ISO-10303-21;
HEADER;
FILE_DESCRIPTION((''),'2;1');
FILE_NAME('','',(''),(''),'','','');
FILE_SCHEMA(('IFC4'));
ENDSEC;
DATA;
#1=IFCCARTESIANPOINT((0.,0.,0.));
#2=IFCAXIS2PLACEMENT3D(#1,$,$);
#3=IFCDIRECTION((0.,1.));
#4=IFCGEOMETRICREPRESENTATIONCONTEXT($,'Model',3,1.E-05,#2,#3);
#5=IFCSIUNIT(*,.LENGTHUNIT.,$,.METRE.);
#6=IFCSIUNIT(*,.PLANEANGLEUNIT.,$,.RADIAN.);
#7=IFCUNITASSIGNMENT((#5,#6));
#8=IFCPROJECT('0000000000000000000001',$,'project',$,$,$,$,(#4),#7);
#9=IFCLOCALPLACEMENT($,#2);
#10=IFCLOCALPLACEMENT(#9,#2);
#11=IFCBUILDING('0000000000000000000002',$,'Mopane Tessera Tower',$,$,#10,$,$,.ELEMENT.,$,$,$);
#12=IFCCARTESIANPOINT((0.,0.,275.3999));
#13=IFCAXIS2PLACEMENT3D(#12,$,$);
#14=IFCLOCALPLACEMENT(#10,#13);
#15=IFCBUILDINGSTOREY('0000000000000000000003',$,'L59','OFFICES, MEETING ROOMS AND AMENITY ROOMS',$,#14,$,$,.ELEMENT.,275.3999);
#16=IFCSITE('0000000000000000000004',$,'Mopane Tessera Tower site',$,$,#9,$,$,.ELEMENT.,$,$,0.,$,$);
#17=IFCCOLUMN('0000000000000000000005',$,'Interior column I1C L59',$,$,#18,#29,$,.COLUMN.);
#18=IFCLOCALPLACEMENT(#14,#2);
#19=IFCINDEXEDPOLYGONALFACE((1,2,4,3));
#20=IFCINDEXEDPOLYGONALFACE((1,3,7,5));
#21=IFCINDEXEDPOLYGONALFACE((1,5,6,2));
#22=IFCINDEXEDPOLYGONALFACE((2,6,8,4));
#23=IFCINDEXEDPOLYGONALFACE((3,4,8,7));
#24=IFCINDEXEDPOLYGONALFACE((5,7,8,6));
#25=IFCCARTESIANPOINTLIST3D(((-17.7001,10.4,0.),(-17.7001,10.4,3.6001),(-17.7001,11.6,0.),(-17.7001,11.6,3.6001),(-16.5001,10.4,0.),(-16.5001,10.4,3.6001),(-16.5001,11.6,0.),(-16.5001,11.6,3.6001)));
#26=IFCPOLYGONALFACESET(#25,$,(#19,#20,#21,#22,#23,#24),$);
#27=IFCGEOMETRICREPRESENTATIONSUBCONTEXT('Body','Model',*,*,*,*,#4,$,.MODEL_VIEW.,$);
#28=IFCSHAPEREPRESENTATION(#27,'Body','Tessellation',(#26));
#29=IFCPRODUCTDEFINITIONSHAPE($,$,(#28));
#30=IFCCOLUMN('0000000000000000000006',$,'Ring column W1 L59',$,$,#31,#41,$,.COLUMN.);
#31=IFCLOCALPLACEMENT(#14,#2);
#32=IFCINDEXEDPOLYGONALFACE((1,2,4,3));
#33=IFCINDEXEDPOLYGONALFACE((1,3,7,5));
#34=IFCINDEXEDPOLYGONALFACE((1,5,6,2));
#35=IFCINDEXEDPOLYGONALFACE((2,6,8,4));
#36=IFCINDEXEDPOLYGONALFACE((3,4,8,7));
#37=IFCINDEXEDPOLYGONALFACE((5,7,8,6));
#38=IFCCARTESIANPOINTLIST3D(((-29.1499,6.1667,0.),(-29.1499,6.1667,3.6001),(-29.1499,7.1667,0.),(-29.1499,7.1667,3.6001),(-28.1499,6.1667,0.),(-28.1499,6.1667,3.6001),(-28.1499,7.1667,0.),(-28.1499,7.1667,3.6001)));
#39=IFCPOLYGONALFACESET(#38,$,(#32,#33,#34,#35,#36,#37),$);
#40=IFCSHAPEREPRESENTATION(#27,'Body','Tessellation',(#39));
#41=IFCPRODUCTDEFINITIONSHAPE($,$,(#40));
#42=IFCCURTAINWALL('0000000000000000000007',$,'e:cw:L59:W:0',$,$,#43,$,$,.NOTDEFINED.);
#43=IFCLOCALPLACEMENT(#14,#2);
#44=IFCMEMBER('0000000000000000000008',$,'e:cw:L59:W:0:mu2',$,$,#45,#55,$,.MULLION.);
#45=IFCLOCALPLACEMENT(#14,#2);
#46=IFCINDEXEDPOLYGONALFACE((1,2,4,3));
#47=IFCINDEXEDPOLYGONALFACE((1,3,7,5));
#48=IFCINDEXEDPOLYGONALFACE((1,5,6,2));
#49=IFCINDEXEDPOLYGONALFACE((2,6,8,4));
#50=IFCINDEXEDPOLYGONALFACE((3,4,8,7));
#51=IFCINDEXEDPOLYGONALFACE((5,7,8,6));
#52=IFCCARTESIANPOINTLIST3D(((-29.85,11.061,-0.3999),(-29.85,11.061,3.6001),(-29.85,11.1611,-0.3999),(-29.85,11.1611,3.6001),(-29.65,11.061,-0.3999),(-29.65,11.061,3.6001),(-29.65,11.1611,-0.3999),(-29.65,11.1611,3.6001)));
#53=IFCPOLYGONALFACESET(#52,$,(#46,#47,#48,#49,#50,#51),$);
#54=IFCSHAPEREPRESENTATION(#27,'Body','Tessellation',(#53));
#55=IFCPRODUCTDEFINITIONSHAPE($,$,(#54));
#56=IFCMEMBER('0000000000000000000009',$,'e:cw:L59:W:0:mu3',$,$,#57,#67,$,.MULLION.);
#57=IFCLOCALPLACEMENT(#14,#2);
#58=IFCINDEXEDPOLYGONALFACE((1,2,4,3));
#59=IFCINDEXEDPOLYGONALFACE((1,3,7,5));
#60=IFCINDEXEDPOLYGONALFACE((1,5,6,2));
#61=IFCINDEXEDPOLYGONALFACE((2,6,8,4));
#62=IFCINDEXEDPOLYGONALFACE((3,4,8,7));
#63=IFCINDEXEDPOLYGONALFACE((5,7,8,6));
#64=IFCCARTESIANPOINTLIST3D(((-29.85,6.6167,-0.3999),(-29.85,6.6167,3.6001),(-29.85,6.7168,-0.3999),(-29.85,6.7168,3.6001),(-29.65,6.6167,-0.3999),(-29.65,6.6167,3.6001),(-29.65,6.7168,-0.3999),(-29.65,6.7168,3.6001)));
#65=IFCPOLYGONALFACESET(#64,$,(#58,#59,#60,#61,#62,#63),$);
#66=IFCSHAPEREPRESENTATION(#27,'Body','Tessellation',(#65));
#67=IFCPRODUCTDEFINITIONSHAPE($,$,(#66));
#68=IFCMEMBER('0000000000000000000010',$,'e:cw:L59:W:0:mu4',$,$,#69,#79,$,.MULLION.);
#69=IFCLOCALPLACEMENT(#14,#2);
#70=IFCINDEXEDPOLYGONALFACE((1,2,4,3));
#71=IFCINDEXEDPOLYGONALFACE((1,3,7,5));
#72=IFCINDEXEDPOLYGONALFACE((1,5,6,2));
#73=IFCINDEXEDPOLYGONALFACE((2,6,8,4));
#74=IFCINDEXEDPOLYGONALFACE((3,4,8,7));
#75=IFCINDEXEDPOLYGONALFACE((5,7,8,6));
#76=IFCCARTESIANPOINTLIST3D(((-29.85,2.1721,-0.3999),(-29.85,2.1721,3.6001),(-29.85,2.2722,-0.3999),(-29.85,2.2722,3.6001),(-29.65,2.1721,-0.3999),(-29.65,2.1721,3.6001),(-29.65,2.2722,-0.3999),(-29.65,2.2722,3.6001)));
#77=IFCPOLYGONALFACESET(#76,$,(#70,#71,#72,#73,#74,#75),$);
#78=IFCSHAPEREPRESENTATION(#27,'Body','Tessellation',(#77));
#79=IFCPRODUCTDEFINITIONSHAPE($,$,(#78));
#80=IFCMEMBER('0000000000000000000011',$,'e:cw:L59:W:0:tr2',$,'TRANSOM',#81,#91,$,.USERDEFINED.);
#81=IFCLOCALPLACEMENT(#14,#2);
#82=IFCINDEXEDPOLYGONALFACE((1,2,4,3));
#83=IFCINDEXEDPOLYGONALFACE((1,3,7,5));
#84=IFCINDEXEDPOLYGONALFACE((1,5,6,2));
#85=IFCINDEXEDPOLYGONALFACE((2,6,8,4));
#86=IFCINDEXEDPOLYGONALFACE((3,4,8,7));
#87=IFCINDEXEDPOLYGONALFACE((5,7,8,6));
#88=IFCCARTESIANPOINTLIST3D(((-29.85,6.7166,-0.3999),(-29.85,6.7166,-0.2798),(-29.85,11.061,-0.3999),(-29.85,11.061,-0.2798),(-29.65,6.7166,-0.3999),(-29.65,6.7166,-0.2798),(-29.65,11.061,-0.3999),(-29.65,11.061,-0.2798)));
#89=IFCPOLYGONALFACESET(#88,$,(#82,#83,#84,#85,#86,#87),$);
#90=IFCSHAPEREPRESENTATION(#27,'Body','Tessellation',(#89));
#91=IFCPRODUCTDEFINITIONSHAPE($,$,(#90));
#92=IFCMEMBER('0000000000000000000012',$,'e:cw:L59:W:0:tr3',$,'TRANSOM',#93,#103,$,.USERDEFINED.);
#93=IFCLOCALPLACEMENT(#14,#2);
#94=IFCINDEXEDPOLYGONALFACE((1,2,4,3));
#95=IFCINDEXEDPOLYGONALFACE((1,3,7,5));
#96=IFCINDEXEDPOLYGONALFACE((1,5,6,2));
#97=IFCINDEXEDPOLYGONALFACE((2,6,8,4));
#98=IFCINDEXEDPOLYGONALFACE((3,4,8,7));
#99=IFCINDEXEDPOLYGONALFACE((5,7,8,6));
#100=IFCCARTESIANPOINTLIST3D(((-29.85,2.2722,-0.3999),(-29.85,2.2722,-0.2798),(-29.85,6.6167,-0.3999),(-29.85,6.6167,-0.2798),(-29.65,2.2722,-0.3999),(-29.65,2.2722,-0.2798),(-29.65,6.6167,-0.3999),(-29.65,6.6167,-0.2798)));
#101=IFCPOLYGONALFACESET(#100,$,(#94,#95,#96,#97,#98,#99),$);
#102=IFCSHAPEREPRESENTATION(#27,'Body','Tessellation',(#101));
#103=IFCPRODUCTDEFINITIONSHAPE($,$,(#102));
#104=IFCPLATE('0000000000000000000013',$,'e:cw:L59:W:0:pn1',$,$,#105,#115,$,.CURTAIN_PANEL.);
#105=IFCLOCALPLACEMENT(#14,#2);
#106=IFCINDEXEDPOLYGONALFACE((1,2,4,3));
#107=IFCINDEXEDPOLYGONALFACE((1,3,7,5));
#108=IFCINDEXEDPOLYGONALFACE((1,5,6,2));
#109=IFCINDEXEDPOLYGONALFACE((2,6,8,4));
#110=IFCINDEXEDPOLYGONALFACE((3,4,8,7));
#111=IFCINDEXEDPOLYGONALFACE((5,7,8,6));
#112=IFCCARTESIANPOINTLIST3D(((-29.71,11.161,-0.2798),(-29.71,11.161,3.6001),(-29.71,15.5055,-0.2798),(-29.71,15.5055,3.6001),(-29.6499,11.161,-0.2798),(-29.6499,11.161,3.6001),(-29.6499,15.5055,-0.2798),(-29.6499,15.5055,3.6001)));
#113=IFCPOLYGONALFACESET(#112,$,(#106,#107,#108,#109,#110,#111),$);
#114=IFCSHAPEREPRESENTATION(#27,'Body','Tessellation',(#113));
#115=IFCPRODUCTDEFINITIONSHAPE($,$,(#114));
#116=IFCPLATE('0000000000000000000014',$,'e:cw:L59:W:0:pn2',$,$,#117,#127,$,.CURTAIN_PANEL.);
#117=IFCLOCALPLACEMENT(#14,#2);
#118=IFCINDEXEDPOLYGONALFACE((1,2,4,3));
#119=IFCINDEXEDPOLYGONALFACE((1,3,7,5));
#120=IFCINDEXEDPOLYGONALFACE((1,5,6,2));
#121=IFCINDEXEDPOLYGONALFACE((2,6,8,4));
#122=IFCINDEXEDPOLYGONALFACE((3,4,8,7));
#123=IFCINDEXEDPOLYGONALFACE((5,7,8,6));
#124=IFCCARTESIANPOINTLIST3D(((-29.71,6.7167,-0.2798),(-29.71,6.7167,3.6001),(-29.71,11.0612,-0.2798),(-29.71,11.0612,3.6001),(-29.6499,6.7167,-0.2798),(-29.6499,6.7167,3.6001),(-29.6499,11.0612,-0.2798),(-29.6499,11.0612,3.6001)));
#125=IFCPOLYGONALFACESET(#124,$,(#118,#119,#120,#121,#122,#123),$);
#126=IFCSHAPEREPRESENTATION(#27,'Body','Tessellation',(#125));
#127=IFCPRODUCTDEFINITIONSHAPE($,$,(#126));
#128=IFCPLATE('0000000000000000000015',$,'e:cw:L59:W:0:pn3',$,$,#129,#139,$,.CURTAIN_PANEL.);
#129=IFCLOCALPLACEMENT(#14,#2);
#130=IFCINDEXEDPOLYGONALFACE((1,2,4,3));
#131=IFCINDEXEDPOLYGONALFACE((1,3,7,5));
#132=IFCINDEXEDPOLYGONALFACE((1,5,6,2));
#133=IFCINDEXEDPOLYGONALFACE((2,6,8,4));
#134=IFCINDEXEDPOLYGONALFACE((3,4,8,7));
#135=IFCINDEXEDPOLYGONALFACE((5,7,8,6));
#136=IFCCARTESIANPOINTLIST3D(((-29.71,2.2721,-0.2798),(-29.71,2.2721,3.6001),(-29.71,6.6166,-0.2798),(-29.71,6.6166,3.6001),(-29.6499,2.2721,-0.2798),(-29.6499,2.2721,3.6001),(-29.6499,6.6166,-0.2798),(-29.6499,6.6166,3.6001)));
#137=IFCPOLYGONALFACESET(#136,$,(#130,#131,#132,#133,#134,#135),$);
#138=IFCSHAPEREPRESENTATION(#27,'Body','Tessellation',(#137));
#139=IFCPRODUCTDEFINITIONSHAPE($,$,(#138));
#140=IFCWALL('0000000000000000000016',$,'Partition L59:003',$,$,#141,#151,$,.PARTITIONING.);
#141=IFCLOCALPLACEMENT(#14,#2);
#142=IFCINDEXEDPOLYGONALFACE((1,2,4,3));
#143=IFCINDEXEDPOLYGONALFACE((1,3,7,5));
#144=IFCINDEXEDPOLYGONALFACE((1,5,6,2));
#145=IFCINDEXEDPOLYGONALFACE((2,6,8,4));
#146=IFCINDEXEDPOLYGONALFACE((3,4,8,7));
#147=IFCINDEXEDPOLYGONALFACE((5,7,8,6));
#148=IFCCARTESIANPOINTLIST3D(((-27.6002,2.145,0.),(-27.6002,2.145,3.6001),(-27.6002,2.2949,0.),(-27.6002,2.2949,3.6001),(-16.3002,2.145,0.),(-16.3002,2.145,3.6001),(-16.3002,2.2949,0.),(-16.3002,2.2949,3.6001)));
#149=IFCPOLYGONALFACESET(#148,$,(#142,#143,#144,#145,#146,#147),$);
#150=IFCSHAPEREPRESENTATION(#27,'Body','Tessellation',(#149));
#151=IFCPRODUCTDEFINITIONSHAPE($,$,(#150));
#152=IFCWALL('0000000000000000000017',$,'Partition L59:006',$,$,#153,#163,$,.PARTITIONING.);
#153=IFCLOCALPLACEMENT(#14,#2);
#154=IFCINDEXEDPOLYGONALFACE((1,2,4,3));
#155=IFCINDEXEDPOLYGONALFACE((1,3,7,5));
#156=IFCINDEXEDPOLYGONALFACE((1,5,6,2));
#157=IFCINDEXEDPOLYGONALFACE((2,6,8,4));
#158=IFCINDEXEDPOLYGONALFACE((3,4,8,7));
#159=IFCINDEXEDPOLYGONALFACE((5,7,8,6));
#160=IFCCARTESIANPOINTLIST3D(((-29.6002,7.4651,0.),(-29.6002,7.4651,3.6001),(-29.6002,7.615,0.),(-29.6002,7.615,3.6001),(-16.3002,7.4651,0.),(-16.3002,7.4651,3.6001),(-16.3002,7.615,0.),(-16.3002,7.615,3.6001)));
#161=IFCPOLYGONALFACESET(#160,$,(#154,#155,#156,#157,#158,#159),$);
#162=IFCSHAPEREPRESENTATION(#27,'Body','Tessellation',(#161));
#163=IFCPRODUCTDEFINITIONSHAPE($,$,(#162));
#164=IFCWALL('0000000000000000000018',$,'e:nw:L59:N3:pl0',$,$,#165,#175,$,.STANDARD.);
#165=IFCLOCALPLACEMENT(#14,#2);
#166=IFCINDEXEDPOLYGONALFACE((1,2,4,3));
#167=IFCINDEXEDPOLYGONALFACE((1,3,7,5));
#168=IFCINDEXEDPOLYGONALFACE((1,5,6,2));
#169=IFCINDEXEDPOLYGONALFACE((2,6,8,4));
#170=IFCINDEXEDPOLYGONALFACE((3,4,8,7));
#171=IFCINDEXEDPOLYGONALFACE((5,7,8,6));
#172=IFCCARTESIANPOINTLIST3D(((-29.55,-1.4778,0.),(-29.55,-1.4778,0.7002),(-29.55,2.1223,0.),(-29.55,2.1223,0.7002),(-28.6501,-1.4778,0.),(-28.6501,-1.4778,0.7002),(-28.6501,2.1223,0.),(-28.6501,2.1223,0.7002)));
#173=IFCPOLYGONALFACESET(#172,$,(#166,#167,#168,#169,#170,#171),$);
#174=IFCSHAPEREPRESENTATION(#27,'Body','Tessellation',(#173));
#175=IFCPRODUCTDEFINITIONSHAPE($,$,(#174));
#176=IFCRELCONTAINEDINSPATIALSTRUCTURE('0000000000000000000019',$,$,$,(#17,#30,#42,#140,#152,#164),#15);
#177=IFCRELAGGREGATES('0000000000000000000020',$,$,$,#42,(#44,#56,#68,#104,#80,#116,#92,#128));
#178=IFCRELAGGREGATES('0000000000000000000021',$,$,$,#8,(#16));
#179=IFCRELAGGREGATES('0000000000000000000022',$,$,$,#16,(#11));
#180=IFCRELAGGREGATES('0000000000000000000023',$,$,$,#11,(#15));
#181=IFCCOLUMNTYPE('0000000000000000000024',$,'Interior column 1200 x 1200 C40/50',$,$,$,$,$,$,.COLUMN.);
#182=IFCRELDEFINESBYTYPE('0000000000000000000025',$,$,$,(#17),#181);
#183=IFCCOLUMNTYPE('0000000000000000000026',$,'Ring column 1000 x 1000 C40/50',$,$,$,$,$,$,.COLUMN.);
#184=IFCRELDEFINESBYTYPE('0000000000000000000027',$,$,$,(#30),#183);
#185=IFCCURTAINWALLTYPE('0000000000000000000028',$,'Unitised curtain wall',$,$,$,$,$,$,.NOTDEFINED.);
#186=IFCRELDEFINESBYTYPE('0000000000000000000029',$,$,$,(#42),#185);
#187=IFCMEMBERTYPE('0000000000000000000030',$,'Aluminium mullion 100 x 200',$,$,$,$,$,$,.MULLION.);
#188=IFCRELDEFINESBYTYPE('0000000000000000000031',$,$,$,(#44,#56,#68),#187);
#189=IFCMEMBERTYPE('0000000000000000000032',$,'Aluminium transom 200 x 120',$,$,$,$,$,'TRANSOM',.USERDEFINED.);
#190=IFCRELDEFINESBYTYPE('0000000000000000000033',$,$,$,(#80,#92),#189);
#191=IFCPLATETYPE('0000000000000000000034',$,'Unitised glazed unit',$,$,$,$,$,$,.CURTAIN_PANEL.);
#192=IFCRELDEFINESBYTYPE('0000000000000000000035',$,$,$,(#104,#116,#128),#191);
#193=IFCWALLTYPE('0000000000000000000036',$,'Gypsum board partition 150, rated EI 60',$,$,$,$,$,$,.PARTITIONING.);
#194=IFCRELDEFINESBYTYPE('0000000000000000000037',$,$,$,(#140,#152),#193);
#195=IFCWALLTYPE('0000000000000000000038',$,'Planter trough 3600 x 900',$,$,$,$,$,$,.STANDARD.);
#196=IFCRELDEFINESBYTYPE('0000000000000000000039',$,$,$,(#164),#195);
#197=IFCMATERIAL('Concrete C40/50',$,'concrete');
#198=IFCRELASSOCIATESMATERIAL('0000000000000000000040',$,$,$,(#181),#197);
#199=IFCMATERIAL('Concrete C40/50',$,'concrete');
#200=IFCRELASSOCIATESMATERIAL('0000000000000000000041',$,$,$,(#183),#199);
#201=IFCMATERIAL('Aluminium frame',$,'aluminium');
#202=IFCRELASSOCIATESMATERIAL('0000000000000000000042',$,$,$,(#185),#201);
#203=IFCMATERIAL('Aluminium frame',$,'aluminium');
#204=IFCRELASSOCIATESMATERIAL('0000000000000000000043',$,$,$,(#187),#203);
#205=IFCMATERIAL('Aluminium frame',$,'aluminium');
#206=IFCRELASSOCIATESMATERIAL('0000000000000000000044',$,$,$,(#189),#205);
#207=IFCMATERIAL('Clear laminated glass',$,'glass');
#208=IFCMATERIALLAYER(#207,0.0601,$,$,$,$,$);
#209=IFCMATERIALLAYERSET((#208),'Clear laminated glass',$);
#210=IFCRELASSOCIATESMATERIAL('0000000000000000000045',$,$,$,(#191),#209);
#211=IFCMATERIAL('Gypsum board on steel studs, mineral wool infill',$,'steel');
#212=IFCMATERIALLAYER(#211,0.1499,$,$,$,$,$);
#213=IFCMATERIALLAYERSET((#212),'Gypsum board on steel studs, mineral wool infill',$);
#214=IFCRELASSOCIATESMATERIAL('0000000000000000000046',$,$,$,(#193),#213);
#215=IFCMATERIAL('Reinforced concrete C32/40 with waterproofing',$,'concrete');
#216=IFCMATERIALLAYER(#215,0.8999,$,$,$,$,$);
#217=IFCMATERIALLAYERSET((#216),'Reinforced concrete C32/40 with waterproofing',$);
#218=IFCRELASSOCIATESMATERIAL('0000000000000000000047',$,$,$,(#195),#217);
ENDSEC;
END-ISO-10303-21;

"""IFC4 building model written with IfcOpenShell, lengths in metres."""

from ifc_helpers import new_model, si_unit, direction, frame, frame_2d, origin, origin_2d, place, context, subcontext, project, spatial, rectangle, extrude, material, layer, layer_set, material_profile, profile_set, type_object, element, aggregate, save


model = new_model("IFC4")

# Units and contexts
model_context = context("Model", 3, precision=1e-05, world=origin(), true_north=direction((0.0, 1.0)))
body_context = subcontext(model_context, "Body", "Model", "MODEL_VIEW")
ifc_project = project(units=[si_unit("LENGTHUNIT", "METRE"), si_unit("PLANEANGLEUNIT", "RADIAN")], contexts=[model_context])

# Site, building, storey
site_placement = place(None, origin())
site = spatial("IfcSite", under=ifc_project, at=site_placement, Name="Mopane Tessera Tower site", CompositionType="ELEMENT", RefElevation=0.0)
building_placement = place(site_placement, origin())
building = spatial("IfcBuilding", under=site, at=building_placement, Name="Mopane Tessera Tower", CompositionType="ELEMENT")
storey_placement = place(building_placement, frame((0.0, 0.0, 275.3999)))
storey = spatial("IfcBuildingStorey", under=building, at=storey_placement, Name="L59", Description="OFFICES, MEETING ROOMS AND AMENITY ROOMS", CompositionType="ELEMENT", Elevation=275.3999)

# Columns
ifc_material_1 = material(Name="Concrete C40/50", Category="concrete")
ifc_material_profile_1 = material_profile(ifc_material_1, rectangle(XDim=1.2, YDim=1.2, at=origin_2d()))
ifc_profile_set_1 = profile_set([ifc_material_profile_1], Name="Concrete C40/50")
column_type_1 = type_object("IfcColumnType", Name="Interior column 1200 x 1200 C40/50", PredefinedType="COLUMN", material=ifc_profile_set_1)
column_1_placement = place(storey_placement, frame((-17.1001, 11.0, 0.0), z_axis=(0.0, 0.0, 1.0), x_axis=(1.0, 0.0, 0.0)))
element("IfcColumn", 1, at=column_1_placement, inside=storey, type_object=column_type_1, Name="Interior column I1C L59", PredefinedType="COLUMN", context=body_context, shape_type="SweptSolid", body=[
    extrude(rectangle(XDim=1.2, YDim=1.2, at=origin_2d()), origin(), (0.0, 0.0, 1.0), 3.6001),
])
ifc_material_2 = material(Name="Concrete C40/50", Category="concrete")
ifc_material_profile_2 = material_profile(ifc_material_2, rectangle(XDim=1.0, YDim=1.0, at=origin_2d()))
ifc_profile_set_2 = profile_set([ifc_material_profile_2], Name="Concrete C40/50")
column_type_2 = type_object("IfcColumnType", Name="Ring column 1000 x 1000 C40/50", PredefinedType="COLUMN", material=ifc_profile_set_2)
column_2_placement = place(storey_placement, frame((-28.6499, 6.6667, 0.0), z_axis=(0.0, 0.0, 1.0), x_axis=(1.0, 0.0, 0.0)))
element("IfcColumn", 2, at=column_2_placement, inside=storey, type_object=column_type_2, Name="Ring column W1 L59", PredefinedType="COLUMN", context=body_context, shape_type="SweptSolid", body=[
    extrude(rectangle(XDim=1.0, YDim=1.0, at=origin_2d()), origin(), (0.0, 0.0, 1.0), 3.6001),
])

# Curtain wall, members, plates
ifc_material_3 = material(Name="Aluminium frame", Category="aluminium")
curtain_wall_type = type_object("IfcCurtainWallType", Name="Unitised curtain wall", PredefinedType="NOTDEFINED", material=ifc_material_3)
curtain_wall_placement = place(storey_placement, origin())
curtain_wall = element("IfcCurtainWall", 3, at=curtain_wall_placement, inside=storey, type_object=curtain_wall_type, Name="e:cw:L59:W:0", PredefinedType="NOTDEFINED")
ifc_material_4 = material(Name="Aluminium frame", Category="aluminium")
ifc_material_profile_3 = material_profile(ifc_material_4, rectangle(XDim=0.1001, YDim=0.2, at=origin_2d()))
ifc_profile_set_3 = profile_set([ifc_material_profile_3], Name="Aluminium frame")
member_type_1 = type_object("IfcMemberType", Name="Aluminium mullion 100 x 200", PredefinedType="MULLION", material=ifc_profile_set_3)
member_1_placement = place(storey_placement, frame((-29.75, 11.1111, -0.3999), z_axis=(0.0, 0.0, 1.0), x_axis=(0.0, -1.0, 0.0)))
member_1 = element("IfcMember", 4, at=member_1_placement, type_object=member_type_1, Name="e:cw:L59:W:0:mu2", PredefinedType="MULLION", context=body_context, shape_type="SweptSolid", body=[
    extrude(rectangle(XDim=0.1001, YDim=0.2, at=origin_2d()), origin(), (0.0, 0.0, 1.0), 4.0),
])
member_2_placement = place(storey_placement, frame((-29.75, 6.6667, -0.3999), z_axis=(0.0, 0.0, 1.0), x_axis=(0.0, -1.0, 0.0)))
member_2 = element("IfcMember", 5, at=member_2_placement, type_object=member_type_1, Name="e:cw:L59:W:0:mu3", PredefinedType="MULLION", context=body_context, shape_type="SweptSolid", body=[
    extrude(rectangle(XDim=0.1001, YDim=0.2, at=origin_2d()), origin(), (0.0, 0.0, 1.0), 4.0),
])
member_3_placement = place(storey_placement, frame((-29.75, 2.2222, -0.3999), z_axis=(0.0, 0.0, 1.0), x_axis=(0.0, -1.0, 0.0)))
member_3 = element("IfcMember", 6, at=member_3_placement, type_object=member_type_1, Name="e:cw:L59:W:0:mu4", PredefinedType="MULLION", context=body_context, shape_type="SweptSolid", body=[
    extrude(rectangle(XDim=0.1001, YDim=0.2, at=origin_2d()), origin(), (0.0, 0.0, 1.0), 4.0),
])
ifc_material_5 = material(Name="Aluminium frame", Category="aluminium")
ifc_material_profile_4 = material_profile(ifc_material_5, rectangle(XDim=0.2, YDim=0.1201, at=origin_2d()))
ifc_profile_set_4 = profile_set([ifc_material_profile_4], Name="Aluminium frame")
member_type_2 = type_object("IfcMemberType", Name="Aluminium transom 200 x 120", ElementType="TRANSOM", PredefinedType="USERDEFINED", material=ifc_profile_set_4)
member_4_placement = place(storey_placement, frame((-29.75, 11.061, -0.3398), z_axis=(0.0, -1.0, 0.0), x_axis=(1.0, 0.0, 0.0)))
member_4 = element("IfcMember", 7, at=member_4_placement, type_object=member_type_2, Name="e:cw:L59:W:0:tr2", ObjectType="TRANSOM", PredefinedType="USERDEFINED", context=body_context, shape_type="SweptSolid", body=[
    extrude(rectangle(XDim=0.2, YDim=0.1201, at=origin_2d()), origin(), (0.0, 0.0, 1.0), 4.3445),
])
member_5_placement = place(storey_placement, frame((-29.75, 6.6167, -0.3398), z_axis=(0.0, -1.0, 0.0), x_axis=(1.0, 0.0, 0.0)))
member_5 = element("IfcMember", 8, at=member_5_placement, type_object=member_type_2, Name="e:cw:L59:W:0:tr3", ObjectType="TRANSOM", PredefinedType="USERDEFINED", context=body_context, shape_type="SweptSolid", body=[
    extrude(rectangle(XDim=0.2, YDim=0.1201, at=origin_2d()), origin(), (0.0, 0.0, 1.0), 4.3445),
])
ifc_material_6 = material(Name="Clear laminated glass", Category="glass")
ifc_layer_1 = layer(ifc_material_6, 0.0601)
ifc_layer_set_1 = layer_set([ifc_layer_1], Name="Clear laminated glass")
plate_type = type_object("IfcPlateType", Name="Unitised glazed unit", PredefinedType="CURTAIN_PANEL", material=ifc_layer_set_1)
plate_1_placement = place(storey_placement, frame((-29.6799, 13.3333, -0.2798), z_axis=(0.0, 0.0, 1.0), x_axis=(0.0, -1.0, 0.0)))
plate_1 = element("IfcPlate", 9, at=plate_1_placement, type_object=plate_type, Name="e:cw:L59:W:0:pn1", PredefinedType="CURTAIN_PANEL", context=body_context, shape_type="SweptSolid", body=[
    extrude(rectangle(XDim=4.3445, YDim=0.0601, at=origin_2d()), origin(), (0.0, 0.0, 1.0), 3.8799),
])
plate_2_placement = place(storey_placement, frame((-29.6799, 8.8889, -0.2798), z_axis=(0.0, 0.0, 1.0), x_axis=(0.0, -1.0, 0.0)))
plate_2 = element("IfcPlate", 10, at=plate_2_placement, type_object=plate_type, Name="e:cw:L59:W:0:pn2", PredefinedType="CURTAIN_PANEL", context=body_context, shape_type="SweptSolid", body=[
    extrude(rectangle(XDim=4.3445, YDim=0.0601, at=origin_2d()), origin(), (0.0, 0.0, 1.0), 3.8799),
])
plate_3_placement = place(storey_placement, frame((-29.6799, 4.4443, -0.2798), z_axis=(0.0, 0.0, 1.0), x_axis=(0.0, -1.0, 0.0)))
plate_3 = element("IfcPlate", 11, at=plate_3_placement, type_object=plate_type, Name="e:cw:L59:W:0:pn3", PredefinedType="CURTAIN_PANEL", context=body_context, shape_type="SweptSolid", body=[
    extrude(rectangle(XDim=4.3445, YDim=0.0601, at=origin_2d()), origin(), (0.0, 0.0, 1.0), 3.8799),
])
aggregate(curtain_wall, [member_1, member_2, member_3, plate_1, member_4, plate_2, member_5, plate_3])

# Walls
ifc_material_7 = material(Name="Gypsum board on steel studs, mineral wool infill", Category="steel")
ifc_layer_2 = layer(ifc_material_7, 0.1499)
ifc_layer_set_2 = layer_set([ifc_layer_2], Name="Gypsum board on steel studs, mineral wool infill")
wall_type_1 = type_object("IfcWallType", Name="Gypsum board partition 150, rated EI 60", PredefinedType="PARTITIONING", material=ifc_layer_set_2)
wall_1_placement = place(storey_placement, frame((-27.6001, 2.22, 0.0), z_axis=(0.0, 0.0, 1.0), x_axis=(1.0, 0.0, 0.0)))
element("IfcWall", 12, at=wall_1_placement, inside=storey, type_object=wall_type_1, Name="Partition L59:003", PredefinedType="PARTITIONING", context=body_context, shape_type="SweptSolid", body=[
    extrude(rectangle(XDim=11.3, YDim=0.1499, at=frame_2d((5.6499, 0.0))), origin(), (0.0, 0.0, 1.0), 3.6001),
])
wall_2_placement = place(storey_placement, frame((-29.6001, 7.54, 0.0), z_axis=(0.0, 0.0, 1.0), x_axis=(1.0, 0.0, 0.0)))
element("IfcWall", 13, at=wall_2_placement, inside=storey, type_object=wall_type_1, Name="Partition L59:006", PredefinedType="PARTITIONING", context=body_context, shape_type="SweptSolid", body=[
    extrude(rectangle(XDim=13.3, YDim=0.1499, at=frame_2d((6.6499, 0.0))), origin(), (0.0, 0.0, 1.0), 3.6001),
])
ifc_material_8 = material(Name="Reinforced concrete C32/40 with waterproofing", Category="concrete")
ifc_layer_3 = layer(ifc_material_8, 0.8999)
ifc_layer_set_3 = layer_set([ifc_layer_3], Name="Reinforced concrete C32/40 with waterproofing")
wall_type_2 = type_object("IfcWallType", Name="Planter trough 3600 x 900", PredefinedType="STANDARD", material=ifc_layer_set_3)
wall_3_placement = place(storey_placement, frame((-29.1001, 2.1223, 0.0), z_axis=(0.0, 0.0, 1.0), x_axis=(0.0, -1.0, 0.0)))
element("IfcWall", 14, at=wall_3_placement, inside=storey, type_object=wall_type_2, Name="e:nw:L59:N3:pl0", PredefinedType="STANDARD", context=body_context, shape_type="SweptSolid", body=[
    extrude(rectangle(XDim=3.6001, YDim=0.8999, at=frame_2d((1.8, 0.0))), origin(), (0.0, 0.0, 1.0), 0.7002),
])

save(model, "model.ifc")
